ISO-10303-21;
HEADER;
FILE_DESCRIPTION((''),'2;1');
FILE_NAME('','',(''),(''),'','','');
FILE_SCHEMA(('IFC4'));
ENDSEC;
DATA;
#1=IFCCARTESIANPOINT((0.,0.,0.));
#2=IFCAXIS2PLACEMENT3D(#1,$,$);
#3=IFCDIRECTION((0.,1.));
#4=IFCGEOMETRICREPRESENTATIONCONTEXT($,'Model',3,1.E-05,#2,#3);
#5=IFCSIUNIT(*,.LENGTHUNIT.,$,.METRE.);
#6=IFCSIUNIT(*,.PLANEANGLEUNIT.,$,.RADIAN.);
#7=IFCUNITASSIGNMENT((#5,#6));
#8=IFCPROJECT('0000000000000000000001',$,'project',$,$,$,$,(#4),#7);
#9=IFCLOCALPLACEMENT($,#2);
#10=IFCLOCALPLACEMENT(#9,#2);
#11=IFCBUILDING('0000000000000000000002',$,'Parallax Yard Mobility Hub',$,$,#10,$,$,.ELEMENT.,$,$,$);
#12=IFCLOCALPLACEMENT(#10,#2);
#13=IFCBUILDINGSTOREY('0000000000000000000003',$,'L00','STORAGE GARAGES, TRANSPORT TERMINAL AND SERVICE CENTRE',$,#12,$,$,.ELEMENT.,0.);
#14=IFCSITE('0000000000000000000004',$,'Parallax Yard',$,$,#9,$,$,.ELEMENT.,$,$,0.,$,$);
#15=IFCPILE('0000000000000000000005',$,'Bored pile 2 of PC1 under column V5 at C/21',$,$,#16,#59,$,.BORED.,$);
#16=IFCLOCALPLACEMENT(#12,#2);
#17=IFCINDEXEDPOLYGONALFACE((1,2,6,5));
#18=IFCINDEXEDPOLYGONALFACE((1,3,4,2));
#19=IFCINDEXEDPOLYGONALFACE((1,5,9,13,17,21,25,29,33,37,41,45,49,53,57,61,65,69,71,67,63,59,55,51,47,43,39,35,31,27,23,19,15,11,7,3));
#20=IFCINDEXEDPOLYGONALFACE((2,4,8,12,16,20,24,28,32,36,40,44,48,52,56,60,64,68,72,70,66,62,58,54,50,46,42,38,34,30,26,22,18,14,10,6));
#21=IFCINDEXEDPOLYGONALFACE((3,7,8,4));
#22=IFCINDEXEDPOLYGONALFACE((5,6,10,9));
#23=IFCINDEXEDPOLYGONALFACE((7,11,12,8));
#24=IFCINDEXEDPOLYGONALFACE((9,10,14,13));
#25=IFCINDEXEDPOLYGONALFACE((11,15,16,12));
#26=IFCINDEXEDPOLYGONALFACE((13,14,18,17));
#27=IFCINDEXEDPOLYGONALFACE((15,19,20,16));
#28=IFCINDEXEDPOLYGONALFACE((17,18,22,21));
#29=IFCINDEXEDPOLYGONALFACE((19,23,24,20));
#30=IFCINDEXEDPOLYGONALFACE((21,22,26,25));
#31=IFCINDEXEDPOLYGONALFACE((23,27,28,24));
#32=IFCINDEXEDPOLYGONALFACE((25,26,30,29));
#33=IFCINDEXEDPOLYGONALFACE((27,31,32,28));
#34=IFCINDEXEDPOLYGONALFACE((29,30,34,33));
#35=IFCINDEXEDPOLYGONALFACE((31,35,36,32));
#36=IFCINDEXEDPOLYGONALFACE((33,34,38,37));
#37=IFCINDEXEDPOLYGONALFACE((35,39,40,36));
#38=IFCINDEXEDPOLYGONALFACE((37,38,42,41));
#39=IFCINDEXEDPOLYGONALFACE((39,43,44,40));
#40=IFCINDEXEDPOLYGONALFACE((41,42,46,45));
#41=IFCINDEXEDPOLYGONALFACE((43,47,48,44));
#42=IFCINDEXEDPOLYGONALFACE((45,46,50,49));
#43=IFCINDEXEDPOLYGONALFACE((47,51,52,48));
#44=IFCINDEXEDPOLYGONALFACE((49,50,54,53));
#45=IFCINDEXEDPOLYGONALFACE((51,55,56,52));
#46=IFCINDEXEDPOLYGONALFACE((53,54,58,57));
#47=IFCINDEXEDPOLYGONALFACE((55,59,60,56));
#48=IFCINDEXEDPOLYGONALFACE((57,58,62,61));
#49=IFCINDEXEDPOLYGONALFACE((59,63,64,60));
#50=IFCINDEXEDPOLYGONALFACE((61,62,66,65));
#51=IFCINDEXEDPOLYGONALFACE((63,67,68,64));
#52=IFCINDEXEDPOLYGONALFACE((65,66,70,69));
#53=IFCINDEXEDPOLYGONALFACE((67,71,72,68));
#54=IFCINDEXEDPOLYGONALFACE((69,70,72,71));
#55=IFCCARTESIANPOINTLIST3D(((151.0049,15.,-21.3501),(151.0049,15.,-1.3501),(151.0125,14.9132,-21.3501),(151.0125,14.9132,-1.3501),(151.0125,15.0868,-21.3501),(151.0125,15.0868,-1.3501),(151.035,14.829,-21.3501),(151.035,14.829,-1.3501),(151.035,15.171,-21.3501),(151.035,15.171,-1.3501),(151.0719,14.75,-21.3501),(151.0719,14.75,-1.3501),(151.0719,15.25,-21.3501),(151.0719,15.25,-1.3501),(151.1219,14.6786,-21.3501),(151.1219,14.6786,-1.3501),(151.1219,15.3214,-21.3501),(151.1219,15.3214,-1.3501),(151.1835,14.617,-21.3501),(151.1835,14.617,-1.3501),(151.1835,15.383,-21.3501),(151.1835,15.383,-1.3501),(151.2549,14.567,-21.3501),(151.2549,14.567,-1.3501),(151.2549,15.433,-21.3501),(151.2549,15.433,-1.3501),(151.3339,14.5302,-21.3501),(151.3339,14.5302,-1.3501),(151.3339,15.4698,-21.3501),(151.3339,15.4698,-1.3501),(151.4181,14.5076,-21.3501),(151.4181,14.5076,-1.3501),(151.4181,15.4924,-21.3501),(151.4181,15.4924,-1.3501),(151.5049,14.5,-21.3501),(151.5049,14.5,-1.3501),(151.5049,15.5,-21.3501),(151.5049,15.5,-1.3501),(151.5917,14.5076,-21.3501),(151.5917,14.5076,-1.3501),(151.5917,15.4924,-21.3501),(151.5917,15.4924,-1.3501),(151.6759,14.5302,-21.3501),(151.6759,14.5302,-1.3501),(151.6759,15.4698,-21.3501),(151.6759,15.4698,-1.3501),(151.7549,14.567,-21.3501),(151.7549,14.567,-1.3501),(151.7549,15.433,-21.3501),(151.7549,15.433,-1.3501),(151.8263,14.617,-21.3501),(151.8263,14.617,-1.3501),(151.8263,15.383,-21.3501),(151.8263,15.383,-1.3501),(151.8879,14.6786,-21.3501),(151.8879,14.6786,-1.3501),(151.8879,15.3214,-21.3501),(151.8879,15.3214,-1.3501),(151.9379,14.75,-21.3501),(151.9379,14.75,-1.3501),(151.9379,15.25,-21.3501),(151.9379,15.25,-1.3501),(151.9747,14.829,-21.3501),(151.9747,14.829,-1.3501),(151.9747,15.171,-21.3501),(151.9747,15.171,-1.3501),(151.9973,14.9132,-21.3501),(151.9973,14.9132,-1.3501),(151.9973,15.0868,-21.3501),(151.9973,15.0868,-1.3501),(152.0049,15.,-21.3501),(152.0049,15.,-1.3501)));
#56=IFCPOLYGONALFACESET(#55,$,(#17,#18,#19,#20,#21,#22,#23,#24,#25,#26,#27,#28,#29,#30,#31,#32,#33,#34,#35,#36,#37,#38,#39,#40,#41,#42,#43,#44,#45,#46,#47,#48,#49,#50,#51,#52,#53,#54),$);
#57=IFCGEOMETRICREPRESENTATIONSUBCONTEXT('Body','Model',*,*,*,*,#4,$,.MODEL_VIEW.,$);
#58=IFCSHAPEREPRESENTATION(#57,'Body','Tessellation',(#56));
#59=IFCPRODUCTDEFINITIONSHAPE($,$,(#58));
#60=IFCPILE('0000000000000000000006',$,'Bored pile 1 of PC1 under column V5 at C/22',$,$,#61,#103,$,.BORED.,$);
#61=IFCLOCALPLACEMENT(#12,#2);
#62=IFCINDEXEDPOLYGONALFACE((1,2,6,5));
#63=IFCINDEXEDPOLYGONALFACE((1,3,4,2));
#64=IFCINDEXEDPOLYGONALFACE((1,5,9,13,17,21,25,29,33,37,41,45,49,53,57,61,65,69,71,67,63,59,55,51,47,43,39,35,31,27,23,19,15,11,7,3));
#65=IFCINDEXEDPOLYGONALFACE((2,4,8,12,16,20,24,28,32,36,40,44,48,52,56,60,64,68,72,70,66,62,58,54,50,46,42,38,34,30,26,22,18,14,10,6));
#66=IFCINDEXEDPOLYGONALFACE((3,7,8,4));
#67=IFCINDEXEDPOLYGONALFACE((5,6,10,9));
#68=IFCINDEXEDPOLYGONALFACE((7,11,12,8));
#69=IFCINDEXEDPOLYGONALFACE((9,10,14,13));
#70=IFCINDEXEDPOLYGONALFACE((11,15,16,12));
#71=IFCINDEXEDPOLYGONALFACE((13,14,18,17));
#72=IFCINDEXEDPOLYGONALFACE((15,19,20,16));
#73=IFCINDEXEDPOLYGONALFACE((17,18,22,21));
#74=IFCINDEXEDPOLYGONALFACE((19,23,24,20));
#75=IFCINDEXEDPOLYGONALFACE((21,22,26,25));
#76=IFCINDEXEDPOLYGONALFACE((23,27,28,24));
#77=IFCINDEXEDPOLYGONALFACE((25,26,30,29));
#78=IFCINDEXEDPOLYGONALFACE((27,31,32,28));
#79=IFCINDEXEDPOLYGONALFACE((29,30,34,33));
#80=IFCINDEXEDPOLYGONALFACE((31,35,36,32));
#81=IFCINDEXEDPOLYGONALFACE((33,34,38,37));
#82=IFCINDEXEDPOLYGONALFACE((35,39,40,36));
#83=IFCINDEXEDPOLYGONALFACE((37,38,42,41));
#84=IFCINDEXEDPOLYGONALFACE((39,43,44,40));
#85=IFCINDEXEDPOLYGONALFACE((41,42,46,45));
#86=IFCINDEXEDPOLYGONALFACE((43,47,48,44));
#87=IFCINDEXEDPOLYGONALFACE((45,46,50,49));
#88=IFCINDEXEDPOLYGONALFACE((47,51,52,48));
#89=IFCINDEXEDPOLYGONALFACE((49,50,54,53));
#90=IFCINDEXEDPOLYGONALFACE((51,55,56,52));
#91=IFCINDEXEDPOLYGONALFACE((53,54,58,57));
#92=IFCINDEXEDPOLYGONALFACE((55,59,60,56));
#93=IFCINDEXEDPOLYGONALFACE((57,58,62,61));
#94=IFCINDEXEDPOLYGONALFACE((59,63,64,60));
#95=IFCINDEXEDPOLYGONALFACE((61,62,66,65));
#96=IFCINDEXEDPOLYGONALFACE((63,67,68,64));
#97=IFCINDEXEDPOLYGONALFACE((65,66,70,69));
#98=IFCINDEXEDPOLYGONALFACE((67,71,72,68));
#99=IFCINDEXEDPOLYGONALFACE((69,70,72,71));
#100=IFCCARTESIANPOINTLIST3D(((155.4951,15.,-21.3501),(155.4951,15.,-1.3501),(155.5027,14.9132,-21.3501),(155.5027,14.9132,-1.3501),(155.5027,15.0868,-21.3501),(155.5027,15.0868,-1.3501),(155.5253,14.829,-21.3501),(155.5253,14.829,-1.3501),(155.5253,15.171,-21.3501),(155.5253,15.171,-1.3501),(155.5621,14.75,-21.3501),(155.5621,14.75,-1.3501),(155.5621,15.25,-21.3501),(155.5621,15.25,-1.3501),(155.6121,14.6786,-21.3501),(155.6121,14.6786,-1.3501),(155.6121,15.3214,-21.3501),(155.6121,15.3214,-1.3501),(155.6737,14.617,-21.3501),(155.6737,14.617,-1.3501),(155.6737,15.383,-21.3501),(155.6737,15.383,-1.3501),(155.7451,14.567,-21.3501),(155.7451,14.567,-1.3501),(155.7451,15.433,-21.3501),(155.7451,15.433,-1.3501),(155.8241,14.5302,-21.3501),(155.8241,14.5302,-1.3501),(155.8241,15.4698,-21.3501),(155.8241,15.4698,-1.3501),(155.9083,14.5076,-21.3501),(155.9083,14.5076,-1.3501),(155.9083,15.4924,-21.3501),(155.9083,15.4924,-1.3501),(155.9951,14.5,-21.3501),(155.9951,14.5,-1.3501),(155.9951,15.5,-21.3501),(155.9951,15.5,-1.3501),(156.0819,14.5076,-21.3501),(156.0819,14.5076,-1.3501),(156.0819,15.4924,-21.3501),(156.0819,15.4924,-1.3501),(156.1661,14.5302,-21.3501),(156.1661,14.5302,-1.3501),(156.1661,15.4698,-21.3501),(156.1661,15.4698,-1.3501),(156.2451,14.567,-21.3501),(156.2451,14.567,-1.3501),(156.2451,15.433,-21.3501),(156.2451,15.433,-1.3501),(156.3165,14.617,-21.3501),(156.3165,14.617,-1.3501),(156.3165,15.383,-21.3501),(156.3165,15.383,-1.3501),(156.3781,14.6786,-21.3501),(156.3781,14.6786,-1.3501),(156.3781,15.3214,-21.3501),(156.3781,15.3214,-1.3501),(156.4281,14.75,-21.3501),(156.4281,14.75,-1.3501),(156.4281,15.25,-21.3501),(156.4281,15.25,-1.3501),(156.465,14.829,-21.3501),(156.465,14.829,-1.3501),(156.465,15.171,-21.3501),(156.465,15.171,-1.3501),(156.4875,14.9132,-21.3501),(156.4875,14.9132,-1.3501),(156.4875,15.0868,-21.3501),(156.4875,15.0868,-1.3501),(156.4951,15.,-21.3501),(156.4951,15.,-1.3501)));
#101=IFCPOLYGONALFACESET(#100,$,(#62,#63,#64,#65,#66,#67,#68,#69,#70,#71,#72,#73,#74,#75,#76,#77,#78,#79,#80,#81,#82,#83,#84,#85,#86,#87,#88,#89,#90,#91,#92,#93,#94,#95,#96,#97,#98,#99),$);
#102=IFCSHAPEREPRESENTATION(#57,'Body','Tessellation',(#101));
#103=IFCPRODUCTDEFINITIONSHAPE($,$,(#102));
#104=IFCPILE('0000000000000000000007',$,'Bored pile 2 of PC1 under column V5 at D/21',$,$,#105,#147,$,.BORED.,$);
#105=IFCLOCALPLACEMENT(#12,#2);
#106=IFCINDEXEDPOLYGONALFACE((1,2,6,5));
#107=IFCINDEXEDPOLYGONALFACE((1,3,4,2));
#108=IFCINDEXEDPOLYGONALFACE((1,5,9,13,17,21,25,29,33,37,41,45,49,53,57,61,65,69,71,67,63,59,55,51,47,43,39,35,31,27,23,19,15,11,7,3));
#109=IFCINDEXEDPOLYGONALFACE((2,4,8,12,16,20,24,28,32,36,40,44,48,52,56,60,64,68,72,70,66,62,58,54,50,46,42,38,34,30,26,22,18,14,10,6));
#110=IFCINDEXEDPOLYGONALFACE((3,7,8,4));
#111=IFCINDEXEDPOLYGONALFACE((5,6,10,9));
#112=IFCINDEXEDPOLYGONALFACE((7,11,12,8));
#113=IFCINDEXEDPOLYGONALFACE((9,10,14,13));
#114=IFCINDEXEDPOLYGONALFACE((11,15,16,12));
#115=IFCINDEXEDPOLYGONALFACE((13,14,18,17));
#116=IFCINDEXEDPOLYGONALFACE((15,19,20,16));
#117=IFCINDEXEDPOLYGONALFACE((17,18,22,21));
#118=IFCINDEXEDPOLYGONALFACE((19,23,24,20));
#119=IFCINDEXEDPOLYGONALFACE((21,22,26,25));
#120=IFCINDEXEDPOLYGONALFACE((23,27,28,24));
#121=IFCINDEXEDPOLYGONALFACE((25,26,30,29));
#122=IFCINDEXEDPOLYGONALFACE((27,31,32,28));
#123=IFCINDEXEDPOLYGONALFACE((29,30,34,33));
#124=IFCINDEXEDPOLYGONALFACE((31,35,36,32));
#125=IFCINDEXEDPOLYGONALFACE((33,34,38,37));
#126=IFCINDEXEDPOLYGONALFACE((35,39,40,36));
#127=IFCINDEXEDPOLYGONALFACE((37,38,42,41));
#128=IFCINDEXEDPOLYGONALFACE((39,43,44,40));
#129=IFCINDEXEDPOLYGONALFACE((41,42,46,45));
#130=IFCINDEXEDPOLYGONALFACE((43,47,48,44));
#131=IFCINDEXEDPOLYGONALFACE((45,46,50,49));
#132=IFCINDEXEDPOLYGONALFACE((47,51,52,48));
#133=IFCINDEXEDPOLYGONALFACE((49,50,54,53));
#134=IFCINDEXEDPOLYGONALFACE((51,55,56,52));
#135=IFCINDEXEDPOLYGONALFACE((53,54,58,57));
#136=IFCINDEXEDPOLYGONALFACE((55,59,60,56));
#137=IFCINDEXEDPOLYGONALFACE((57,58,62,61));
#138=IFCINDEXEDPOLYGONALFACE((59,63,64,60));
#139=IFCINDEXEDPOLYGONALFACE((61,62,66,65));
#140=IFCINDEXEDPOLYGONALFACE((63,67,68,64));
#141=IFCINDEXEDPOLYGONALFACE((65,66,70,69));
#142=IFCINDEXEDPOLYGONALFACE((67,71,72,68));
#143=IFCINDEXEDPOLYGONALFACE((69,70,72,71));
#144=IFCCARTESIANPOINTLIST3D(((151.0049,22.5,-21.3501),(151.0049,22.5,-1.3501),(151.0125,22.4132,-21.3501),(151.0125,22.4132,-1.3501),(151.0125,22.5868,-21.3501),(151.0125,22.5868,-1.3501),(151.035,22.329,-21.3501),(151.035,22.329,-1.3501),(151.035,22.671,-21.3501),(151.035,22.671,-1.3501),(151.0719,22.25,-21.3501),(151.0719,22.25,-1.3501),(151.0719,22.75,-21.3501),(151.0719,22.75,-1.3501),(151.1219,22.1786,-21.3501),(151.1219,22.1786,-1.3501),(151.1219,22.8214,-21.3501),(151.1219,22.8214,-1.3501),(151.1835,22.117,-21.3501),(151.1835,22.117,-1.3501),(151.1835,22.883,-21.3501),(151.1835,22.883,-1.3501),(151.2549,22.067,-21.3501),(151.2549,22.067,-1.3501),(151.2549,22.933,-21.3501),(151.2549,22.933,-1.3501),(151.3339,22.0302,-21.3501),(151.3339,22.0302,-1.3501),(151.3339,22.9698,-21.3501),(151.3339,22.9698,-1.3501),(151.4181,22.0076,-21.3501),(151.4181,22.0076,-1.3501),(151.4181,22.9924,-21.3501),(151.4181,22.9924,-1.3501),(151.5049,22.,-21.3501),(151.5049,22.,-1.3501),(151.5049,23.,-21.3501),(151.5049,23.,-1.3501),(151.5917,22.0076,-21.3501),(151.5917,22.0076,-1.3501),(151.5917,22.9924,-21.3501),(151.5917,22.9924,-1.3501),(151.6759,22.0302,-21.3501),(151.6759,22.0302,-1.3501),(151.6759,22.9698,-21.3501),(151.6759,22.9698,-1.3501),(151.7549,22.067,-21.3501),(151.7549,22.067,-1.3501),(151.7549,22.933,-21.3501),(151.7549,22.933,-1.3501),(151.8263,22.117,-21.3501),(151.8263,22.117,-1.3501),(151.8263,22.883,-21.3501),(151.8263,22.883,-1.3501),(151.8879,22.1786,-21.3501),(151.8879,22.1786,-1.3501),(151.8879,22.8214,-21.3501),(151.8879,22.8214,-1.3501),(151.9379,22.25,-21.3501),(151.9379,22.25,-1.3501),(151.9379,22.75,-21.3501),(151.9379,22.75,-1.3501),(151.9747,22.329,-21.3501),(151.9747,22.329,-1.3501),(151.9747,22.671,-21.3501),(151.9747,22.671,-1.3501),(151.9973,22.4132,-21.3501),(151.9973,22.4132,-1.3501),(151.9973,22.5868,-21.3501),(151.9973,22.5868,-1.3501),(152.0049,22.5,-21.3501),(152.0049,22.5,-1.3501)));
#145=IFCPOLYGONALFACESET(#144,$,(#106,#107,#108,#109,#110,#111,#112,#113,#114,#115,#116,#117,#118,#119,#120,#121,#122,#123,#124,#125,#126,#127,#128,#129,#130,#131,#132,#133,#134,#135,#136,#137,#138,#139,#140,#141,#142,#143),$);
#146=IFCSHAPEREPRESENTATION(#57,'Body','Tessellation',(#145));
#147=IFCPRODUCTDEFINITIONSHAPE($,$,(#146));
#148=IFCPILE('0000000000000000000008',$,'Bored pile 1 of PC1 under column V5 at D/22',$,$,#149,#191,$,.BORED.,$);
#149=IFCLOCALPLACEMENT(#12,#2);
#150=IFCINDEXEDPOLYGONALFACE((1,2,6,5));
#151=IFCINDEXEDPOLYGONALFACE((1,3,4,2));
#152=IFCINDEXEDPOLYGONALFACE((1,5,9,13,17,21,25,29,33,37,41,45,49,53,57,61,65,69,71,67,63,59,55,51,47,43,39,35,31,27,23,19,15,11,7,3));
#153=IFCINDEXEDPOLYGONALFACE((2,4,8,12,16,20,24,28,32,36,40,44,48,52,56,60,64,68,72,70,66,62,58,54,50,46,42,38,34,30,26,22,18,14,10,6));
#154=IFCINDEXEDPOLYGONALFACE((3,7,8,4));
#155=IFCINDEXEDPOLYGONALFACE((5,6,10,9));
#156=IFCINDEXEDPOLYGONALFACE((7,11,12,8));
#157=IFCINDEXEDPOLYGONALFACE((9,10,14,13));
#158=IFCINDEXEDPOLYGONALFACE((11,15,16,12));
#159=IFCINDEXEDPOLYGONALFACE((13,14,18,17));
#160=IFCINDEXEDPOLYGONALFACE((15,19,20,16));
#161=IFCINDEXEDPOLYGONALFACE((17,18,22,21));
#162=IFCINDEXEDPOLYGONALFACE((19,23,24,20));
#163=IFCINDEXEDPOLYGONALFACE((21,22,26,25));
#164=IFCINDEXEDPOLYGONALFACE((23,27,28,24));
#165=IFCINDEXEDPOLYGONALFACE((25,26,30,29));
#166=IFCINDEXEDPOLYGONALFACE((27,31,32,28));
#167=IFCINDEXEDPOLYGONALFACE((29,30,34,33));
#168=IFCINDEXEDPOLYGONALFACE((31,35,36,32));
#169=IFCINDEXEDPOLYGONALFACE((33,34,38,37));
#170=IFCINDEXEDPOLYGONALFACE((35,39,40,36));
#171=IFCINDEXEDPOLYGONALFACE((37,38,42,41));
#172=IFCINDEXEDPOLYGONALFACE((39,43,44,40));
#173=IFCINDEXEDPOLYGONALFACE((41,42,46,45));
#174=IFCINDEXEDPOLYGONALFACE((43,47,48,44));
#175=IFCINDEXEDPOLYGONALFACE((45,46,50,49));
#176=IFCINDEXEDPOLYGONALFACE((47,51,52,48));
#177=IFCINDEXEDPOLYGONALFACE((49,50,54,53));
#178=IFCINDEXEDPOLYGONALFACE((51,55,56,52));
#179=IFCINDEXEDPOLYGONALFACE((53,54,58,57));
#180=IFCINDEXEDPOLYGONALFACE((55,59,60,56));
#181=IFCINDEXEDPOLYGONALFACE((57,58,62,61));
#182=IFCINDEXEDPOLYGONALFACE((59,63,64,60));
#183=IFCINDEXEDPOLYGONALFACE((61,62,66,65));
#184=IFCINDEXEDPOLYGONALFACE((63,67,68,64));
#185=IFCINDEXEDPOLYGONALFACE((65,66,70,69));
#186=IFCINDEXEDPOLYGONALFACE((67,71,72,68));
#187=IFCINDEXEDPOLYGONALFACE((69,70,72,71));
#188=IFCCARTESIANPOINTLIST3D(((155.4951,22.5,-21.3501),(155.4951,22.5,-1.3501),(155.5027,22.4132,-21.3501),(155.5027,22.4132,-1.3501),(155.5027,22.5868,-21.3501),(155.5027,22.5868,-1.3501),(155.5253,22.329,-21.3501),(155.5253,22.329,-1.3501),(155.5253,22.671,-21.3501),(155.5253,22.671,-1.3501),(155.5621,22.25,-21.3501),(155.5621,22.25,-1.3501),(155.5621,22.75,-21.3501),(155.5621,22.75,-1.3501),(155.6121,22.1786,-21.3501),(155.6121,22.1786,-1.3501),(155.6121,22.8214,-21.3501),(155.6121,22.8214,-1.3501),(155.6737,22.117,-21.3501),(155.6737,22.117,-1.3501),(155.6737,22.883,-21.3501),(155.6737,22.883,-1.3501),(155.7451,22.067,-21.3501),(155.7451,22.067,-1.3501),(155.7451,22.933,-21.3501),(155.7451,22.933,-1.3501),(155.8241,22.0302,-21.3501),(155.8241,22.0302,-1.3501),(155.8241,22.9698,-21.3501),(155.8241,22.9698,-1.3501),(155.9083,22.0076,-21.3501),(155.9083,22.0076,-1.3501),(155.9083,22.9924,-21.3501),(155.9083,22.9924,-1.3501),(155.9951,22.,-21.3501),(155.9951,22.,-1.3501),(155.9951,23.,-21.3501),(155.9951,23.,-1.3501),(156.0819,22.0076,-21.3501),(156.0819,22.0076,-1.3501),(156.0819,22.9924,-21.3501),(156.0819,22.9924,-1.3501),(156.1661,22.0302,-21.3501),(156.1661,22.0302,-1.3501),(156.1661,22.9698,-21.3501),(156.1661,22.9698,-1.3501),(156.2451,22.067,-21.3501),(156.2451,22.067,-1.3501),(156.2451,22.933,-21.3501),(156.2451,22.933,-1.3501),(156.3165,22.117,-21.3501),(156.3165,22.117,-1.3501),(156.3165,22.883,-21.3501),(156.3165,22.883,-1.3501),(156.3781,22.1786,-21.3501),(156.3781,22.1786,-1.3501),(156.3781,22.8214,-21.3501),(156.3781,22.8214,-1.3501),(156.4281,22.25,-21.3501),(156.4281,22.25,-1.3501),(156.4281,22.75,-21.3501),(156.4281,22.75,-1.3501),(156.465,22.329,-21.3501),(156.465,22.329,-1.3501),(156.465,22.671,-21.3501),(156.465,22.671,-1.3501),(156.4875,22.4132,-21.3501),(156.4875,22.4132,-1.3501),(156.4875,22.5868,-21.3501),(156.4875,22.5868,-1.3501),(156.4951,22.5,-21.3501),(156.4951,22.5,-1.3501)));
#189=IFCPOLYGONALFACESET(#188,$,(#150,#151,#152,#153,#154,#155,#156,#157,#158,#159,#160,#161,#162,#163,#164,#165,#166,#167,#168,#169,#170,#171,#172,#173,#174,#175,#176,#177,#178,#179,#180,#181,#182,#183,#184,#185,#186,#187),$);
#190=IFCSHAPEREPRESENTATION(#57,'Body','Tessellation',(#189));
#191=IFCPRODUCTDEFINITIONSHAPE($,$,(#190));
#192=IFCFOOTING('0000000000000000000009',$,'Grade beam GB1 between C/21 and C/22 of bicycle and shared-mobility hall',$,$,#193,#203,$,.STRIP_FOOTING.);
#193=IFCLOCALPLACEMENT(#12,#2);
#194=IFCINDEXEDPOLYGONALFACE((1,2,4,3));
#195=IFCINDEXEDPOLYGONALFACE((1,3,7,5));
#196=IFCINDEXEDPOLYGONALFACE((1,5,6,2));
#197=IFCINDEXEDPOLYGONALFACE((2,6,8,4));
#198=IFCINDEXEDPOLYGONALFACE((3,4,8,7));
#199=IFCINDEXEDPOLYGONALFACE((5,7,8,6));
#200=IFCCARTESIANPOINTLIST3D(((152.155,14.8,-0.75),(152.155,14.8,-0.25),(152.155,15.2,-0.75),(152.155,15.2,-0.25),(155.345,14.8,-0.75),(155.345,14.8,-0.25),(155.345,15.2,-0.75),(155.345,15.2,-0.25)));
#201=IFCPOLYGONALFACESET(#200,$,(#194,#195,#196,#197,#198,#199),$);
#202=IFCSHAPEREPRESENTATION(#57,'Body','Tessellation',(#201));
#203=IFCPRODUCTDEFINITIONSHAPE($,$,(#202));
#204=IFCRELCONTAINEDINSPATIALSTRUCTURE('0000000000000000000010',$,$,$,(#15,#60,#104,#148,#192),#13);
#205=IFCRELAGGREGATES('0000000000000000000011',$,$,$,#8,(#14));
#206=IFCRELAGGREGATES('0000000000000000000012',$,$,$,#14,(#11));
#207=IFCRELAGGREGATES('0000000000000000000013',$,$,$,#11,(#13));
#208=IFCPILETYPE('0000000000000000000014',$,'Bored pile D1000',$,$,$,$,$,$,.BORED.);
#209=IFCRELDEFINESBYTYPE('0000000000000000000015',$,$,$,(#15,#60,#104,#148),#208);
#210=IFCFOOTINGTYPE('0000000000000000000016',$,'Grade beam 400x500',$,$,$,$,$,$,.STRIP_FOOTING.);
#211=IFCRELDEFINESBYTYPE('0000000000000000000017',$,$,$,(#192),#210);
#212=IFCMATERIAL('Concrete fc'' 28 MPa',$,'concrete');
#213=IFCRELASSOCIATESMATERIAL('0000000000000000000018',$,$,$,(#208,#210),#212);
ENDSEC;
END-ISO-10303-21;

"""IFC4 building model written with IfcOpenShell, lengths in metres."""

from ifc_helpers import new_model, si_unit, direction, frame, origin, origin_2d, place, context, subcontext, project, spatial, rectangle, circle, extrude, material, material_profile, profile_set, type_object, element, save


model = new_model("IFC4")

# Units and contexts
model_context = context("Model", 3, precision=1e-05, world=origin(), true_north=direction((0.0, 1.0)))
body_context = subcontext(model_context, "Body", "Model", "MODEL_VIEW")
ifc_project = project(units=[si_unit("LENGTHUNIT", "METRE"), si_unit("PLANEANGLEUNIT", "RADIAN")], contexts=[model_context])

# Site, building, storey
site_placement = place(None, origin())
site = spatial("IfcSite", under=ifc_project, at=site_placement, Name="Parallax Yard", CompositionType="ELEMENT", RefElevation=0.0)
building_placement = place(site_placement, origin())
building = spatial("IfcBuilding", under=site, at=building_placement, Name="Parallax Yard Mobility Hub", CompositionType="ELEMENT")
storey_placement = place(building_placement, origin())
storey = spatial("IfcBuildingStorey", under=building, at=storey_placement, Name="L00", Description="STORAGE GARAGES, TRANSPORT TERMINAL AND SERVICE CENTRE", CompositionType="ELEMENT", Elevation=0.0)

# Piles
ifc_material_1 = material(Name="Concrete fc' 28 MPa", Category="concrete")
ifc_material_profile_1 = material_profile(ifc_material_1, circle(Radius=0.5, at=origin_2d()), Name="Bored pile D1000")
ifc_profile_set_1 = profile_set([ifc_material_profile_1], Name="Concrete fc' 28 MPa")
pile_type = type_object("IfcPileType", Name="Bored pile D1000", PredefinedType="BORED", material=ifc_profile_set_1)
for number, where, z_axis, x_axis, name in (
    (1, (151.5049, 15.0, -1.3501), (0.0, 0.0, -1.0), (1.0, 0.0, 0.0), "Bored pile 2 of PC1 under column V5 at C/21"),
    (2, (155.9951, 15.0, -1.3501), (0.0, 0.0, -1.0), (1.0, 0.0, 0.0), "Bored pile 1 of PC1 under column V5 at C/22"),
    (3, (151.5049, 22.5, -1.3501), (0.0, 0.0, -1.0), (1.0, 0.0, 0.0), "Bored pile 2 of PC1 under column V5 at D/21"),
    (4, (155.9951, 22.5, -1.3501), (0.0, 0.0, -1.0), (1.0, 0.0, 0.0), "Bored pile 1 of PC1 under column V5 at D/22"),
):
    element("IfcPile", number, at=place(storey_placement, frame(where, z_axis=z_axis, x_axis=x_axis)), inside=storey, type_object=pile_type, Name=name, PredefinedType="BORED", context=body_context, shape_type="SweptSolid", body=[
        extrude(circle(Radius=0.5, at=origin_2d()), origin(), (0.0, 0.0, 1.0), 20.0),
    ])

# Footing
ifc_material_profile_2 = material_profile(ifc_material_1, rectangle(XDim=0.3999, YDim=0.5, at=origin_2d()), Name="Grade beam 400x500")
ifc_profile_set_2 = profile_set([ifc_material_profile_2], Name="Concrete fc' 28 MPa")
footing_type_1 = type_object("IfcFootingType", Name="Grade beam 400x500", PredefinedType="STRIP_FOOTING", material=ifc_profile_set_2)
for number, where, z_axis, x_axis, name in (
    (5, (152.155, 15.0, -0.5), (1.0, 0.0, 0.0), (0.0, 1.0, 0.0), "Grade beam GB1 between C/21 and C/22 of bicycle and shared-mobility hall"),
):
    element("IfcFooting", number, at=place(storey_placement, frame(where, z_axis=z_axis, x_axis=x_axis)), inside=storey, type_object=footing_type_1, Name=name, PredefinedType="STRIP_FOOTING", context=body_context, shape_type="SweptSolid", body=[
        extrude(rectangle(XDim=0.3999, YDim=0.5, at=origin_2d()), origin(), (0.0, 0.0, 1.0), 3.1899),
    ])

save(model, "model.ifc")
